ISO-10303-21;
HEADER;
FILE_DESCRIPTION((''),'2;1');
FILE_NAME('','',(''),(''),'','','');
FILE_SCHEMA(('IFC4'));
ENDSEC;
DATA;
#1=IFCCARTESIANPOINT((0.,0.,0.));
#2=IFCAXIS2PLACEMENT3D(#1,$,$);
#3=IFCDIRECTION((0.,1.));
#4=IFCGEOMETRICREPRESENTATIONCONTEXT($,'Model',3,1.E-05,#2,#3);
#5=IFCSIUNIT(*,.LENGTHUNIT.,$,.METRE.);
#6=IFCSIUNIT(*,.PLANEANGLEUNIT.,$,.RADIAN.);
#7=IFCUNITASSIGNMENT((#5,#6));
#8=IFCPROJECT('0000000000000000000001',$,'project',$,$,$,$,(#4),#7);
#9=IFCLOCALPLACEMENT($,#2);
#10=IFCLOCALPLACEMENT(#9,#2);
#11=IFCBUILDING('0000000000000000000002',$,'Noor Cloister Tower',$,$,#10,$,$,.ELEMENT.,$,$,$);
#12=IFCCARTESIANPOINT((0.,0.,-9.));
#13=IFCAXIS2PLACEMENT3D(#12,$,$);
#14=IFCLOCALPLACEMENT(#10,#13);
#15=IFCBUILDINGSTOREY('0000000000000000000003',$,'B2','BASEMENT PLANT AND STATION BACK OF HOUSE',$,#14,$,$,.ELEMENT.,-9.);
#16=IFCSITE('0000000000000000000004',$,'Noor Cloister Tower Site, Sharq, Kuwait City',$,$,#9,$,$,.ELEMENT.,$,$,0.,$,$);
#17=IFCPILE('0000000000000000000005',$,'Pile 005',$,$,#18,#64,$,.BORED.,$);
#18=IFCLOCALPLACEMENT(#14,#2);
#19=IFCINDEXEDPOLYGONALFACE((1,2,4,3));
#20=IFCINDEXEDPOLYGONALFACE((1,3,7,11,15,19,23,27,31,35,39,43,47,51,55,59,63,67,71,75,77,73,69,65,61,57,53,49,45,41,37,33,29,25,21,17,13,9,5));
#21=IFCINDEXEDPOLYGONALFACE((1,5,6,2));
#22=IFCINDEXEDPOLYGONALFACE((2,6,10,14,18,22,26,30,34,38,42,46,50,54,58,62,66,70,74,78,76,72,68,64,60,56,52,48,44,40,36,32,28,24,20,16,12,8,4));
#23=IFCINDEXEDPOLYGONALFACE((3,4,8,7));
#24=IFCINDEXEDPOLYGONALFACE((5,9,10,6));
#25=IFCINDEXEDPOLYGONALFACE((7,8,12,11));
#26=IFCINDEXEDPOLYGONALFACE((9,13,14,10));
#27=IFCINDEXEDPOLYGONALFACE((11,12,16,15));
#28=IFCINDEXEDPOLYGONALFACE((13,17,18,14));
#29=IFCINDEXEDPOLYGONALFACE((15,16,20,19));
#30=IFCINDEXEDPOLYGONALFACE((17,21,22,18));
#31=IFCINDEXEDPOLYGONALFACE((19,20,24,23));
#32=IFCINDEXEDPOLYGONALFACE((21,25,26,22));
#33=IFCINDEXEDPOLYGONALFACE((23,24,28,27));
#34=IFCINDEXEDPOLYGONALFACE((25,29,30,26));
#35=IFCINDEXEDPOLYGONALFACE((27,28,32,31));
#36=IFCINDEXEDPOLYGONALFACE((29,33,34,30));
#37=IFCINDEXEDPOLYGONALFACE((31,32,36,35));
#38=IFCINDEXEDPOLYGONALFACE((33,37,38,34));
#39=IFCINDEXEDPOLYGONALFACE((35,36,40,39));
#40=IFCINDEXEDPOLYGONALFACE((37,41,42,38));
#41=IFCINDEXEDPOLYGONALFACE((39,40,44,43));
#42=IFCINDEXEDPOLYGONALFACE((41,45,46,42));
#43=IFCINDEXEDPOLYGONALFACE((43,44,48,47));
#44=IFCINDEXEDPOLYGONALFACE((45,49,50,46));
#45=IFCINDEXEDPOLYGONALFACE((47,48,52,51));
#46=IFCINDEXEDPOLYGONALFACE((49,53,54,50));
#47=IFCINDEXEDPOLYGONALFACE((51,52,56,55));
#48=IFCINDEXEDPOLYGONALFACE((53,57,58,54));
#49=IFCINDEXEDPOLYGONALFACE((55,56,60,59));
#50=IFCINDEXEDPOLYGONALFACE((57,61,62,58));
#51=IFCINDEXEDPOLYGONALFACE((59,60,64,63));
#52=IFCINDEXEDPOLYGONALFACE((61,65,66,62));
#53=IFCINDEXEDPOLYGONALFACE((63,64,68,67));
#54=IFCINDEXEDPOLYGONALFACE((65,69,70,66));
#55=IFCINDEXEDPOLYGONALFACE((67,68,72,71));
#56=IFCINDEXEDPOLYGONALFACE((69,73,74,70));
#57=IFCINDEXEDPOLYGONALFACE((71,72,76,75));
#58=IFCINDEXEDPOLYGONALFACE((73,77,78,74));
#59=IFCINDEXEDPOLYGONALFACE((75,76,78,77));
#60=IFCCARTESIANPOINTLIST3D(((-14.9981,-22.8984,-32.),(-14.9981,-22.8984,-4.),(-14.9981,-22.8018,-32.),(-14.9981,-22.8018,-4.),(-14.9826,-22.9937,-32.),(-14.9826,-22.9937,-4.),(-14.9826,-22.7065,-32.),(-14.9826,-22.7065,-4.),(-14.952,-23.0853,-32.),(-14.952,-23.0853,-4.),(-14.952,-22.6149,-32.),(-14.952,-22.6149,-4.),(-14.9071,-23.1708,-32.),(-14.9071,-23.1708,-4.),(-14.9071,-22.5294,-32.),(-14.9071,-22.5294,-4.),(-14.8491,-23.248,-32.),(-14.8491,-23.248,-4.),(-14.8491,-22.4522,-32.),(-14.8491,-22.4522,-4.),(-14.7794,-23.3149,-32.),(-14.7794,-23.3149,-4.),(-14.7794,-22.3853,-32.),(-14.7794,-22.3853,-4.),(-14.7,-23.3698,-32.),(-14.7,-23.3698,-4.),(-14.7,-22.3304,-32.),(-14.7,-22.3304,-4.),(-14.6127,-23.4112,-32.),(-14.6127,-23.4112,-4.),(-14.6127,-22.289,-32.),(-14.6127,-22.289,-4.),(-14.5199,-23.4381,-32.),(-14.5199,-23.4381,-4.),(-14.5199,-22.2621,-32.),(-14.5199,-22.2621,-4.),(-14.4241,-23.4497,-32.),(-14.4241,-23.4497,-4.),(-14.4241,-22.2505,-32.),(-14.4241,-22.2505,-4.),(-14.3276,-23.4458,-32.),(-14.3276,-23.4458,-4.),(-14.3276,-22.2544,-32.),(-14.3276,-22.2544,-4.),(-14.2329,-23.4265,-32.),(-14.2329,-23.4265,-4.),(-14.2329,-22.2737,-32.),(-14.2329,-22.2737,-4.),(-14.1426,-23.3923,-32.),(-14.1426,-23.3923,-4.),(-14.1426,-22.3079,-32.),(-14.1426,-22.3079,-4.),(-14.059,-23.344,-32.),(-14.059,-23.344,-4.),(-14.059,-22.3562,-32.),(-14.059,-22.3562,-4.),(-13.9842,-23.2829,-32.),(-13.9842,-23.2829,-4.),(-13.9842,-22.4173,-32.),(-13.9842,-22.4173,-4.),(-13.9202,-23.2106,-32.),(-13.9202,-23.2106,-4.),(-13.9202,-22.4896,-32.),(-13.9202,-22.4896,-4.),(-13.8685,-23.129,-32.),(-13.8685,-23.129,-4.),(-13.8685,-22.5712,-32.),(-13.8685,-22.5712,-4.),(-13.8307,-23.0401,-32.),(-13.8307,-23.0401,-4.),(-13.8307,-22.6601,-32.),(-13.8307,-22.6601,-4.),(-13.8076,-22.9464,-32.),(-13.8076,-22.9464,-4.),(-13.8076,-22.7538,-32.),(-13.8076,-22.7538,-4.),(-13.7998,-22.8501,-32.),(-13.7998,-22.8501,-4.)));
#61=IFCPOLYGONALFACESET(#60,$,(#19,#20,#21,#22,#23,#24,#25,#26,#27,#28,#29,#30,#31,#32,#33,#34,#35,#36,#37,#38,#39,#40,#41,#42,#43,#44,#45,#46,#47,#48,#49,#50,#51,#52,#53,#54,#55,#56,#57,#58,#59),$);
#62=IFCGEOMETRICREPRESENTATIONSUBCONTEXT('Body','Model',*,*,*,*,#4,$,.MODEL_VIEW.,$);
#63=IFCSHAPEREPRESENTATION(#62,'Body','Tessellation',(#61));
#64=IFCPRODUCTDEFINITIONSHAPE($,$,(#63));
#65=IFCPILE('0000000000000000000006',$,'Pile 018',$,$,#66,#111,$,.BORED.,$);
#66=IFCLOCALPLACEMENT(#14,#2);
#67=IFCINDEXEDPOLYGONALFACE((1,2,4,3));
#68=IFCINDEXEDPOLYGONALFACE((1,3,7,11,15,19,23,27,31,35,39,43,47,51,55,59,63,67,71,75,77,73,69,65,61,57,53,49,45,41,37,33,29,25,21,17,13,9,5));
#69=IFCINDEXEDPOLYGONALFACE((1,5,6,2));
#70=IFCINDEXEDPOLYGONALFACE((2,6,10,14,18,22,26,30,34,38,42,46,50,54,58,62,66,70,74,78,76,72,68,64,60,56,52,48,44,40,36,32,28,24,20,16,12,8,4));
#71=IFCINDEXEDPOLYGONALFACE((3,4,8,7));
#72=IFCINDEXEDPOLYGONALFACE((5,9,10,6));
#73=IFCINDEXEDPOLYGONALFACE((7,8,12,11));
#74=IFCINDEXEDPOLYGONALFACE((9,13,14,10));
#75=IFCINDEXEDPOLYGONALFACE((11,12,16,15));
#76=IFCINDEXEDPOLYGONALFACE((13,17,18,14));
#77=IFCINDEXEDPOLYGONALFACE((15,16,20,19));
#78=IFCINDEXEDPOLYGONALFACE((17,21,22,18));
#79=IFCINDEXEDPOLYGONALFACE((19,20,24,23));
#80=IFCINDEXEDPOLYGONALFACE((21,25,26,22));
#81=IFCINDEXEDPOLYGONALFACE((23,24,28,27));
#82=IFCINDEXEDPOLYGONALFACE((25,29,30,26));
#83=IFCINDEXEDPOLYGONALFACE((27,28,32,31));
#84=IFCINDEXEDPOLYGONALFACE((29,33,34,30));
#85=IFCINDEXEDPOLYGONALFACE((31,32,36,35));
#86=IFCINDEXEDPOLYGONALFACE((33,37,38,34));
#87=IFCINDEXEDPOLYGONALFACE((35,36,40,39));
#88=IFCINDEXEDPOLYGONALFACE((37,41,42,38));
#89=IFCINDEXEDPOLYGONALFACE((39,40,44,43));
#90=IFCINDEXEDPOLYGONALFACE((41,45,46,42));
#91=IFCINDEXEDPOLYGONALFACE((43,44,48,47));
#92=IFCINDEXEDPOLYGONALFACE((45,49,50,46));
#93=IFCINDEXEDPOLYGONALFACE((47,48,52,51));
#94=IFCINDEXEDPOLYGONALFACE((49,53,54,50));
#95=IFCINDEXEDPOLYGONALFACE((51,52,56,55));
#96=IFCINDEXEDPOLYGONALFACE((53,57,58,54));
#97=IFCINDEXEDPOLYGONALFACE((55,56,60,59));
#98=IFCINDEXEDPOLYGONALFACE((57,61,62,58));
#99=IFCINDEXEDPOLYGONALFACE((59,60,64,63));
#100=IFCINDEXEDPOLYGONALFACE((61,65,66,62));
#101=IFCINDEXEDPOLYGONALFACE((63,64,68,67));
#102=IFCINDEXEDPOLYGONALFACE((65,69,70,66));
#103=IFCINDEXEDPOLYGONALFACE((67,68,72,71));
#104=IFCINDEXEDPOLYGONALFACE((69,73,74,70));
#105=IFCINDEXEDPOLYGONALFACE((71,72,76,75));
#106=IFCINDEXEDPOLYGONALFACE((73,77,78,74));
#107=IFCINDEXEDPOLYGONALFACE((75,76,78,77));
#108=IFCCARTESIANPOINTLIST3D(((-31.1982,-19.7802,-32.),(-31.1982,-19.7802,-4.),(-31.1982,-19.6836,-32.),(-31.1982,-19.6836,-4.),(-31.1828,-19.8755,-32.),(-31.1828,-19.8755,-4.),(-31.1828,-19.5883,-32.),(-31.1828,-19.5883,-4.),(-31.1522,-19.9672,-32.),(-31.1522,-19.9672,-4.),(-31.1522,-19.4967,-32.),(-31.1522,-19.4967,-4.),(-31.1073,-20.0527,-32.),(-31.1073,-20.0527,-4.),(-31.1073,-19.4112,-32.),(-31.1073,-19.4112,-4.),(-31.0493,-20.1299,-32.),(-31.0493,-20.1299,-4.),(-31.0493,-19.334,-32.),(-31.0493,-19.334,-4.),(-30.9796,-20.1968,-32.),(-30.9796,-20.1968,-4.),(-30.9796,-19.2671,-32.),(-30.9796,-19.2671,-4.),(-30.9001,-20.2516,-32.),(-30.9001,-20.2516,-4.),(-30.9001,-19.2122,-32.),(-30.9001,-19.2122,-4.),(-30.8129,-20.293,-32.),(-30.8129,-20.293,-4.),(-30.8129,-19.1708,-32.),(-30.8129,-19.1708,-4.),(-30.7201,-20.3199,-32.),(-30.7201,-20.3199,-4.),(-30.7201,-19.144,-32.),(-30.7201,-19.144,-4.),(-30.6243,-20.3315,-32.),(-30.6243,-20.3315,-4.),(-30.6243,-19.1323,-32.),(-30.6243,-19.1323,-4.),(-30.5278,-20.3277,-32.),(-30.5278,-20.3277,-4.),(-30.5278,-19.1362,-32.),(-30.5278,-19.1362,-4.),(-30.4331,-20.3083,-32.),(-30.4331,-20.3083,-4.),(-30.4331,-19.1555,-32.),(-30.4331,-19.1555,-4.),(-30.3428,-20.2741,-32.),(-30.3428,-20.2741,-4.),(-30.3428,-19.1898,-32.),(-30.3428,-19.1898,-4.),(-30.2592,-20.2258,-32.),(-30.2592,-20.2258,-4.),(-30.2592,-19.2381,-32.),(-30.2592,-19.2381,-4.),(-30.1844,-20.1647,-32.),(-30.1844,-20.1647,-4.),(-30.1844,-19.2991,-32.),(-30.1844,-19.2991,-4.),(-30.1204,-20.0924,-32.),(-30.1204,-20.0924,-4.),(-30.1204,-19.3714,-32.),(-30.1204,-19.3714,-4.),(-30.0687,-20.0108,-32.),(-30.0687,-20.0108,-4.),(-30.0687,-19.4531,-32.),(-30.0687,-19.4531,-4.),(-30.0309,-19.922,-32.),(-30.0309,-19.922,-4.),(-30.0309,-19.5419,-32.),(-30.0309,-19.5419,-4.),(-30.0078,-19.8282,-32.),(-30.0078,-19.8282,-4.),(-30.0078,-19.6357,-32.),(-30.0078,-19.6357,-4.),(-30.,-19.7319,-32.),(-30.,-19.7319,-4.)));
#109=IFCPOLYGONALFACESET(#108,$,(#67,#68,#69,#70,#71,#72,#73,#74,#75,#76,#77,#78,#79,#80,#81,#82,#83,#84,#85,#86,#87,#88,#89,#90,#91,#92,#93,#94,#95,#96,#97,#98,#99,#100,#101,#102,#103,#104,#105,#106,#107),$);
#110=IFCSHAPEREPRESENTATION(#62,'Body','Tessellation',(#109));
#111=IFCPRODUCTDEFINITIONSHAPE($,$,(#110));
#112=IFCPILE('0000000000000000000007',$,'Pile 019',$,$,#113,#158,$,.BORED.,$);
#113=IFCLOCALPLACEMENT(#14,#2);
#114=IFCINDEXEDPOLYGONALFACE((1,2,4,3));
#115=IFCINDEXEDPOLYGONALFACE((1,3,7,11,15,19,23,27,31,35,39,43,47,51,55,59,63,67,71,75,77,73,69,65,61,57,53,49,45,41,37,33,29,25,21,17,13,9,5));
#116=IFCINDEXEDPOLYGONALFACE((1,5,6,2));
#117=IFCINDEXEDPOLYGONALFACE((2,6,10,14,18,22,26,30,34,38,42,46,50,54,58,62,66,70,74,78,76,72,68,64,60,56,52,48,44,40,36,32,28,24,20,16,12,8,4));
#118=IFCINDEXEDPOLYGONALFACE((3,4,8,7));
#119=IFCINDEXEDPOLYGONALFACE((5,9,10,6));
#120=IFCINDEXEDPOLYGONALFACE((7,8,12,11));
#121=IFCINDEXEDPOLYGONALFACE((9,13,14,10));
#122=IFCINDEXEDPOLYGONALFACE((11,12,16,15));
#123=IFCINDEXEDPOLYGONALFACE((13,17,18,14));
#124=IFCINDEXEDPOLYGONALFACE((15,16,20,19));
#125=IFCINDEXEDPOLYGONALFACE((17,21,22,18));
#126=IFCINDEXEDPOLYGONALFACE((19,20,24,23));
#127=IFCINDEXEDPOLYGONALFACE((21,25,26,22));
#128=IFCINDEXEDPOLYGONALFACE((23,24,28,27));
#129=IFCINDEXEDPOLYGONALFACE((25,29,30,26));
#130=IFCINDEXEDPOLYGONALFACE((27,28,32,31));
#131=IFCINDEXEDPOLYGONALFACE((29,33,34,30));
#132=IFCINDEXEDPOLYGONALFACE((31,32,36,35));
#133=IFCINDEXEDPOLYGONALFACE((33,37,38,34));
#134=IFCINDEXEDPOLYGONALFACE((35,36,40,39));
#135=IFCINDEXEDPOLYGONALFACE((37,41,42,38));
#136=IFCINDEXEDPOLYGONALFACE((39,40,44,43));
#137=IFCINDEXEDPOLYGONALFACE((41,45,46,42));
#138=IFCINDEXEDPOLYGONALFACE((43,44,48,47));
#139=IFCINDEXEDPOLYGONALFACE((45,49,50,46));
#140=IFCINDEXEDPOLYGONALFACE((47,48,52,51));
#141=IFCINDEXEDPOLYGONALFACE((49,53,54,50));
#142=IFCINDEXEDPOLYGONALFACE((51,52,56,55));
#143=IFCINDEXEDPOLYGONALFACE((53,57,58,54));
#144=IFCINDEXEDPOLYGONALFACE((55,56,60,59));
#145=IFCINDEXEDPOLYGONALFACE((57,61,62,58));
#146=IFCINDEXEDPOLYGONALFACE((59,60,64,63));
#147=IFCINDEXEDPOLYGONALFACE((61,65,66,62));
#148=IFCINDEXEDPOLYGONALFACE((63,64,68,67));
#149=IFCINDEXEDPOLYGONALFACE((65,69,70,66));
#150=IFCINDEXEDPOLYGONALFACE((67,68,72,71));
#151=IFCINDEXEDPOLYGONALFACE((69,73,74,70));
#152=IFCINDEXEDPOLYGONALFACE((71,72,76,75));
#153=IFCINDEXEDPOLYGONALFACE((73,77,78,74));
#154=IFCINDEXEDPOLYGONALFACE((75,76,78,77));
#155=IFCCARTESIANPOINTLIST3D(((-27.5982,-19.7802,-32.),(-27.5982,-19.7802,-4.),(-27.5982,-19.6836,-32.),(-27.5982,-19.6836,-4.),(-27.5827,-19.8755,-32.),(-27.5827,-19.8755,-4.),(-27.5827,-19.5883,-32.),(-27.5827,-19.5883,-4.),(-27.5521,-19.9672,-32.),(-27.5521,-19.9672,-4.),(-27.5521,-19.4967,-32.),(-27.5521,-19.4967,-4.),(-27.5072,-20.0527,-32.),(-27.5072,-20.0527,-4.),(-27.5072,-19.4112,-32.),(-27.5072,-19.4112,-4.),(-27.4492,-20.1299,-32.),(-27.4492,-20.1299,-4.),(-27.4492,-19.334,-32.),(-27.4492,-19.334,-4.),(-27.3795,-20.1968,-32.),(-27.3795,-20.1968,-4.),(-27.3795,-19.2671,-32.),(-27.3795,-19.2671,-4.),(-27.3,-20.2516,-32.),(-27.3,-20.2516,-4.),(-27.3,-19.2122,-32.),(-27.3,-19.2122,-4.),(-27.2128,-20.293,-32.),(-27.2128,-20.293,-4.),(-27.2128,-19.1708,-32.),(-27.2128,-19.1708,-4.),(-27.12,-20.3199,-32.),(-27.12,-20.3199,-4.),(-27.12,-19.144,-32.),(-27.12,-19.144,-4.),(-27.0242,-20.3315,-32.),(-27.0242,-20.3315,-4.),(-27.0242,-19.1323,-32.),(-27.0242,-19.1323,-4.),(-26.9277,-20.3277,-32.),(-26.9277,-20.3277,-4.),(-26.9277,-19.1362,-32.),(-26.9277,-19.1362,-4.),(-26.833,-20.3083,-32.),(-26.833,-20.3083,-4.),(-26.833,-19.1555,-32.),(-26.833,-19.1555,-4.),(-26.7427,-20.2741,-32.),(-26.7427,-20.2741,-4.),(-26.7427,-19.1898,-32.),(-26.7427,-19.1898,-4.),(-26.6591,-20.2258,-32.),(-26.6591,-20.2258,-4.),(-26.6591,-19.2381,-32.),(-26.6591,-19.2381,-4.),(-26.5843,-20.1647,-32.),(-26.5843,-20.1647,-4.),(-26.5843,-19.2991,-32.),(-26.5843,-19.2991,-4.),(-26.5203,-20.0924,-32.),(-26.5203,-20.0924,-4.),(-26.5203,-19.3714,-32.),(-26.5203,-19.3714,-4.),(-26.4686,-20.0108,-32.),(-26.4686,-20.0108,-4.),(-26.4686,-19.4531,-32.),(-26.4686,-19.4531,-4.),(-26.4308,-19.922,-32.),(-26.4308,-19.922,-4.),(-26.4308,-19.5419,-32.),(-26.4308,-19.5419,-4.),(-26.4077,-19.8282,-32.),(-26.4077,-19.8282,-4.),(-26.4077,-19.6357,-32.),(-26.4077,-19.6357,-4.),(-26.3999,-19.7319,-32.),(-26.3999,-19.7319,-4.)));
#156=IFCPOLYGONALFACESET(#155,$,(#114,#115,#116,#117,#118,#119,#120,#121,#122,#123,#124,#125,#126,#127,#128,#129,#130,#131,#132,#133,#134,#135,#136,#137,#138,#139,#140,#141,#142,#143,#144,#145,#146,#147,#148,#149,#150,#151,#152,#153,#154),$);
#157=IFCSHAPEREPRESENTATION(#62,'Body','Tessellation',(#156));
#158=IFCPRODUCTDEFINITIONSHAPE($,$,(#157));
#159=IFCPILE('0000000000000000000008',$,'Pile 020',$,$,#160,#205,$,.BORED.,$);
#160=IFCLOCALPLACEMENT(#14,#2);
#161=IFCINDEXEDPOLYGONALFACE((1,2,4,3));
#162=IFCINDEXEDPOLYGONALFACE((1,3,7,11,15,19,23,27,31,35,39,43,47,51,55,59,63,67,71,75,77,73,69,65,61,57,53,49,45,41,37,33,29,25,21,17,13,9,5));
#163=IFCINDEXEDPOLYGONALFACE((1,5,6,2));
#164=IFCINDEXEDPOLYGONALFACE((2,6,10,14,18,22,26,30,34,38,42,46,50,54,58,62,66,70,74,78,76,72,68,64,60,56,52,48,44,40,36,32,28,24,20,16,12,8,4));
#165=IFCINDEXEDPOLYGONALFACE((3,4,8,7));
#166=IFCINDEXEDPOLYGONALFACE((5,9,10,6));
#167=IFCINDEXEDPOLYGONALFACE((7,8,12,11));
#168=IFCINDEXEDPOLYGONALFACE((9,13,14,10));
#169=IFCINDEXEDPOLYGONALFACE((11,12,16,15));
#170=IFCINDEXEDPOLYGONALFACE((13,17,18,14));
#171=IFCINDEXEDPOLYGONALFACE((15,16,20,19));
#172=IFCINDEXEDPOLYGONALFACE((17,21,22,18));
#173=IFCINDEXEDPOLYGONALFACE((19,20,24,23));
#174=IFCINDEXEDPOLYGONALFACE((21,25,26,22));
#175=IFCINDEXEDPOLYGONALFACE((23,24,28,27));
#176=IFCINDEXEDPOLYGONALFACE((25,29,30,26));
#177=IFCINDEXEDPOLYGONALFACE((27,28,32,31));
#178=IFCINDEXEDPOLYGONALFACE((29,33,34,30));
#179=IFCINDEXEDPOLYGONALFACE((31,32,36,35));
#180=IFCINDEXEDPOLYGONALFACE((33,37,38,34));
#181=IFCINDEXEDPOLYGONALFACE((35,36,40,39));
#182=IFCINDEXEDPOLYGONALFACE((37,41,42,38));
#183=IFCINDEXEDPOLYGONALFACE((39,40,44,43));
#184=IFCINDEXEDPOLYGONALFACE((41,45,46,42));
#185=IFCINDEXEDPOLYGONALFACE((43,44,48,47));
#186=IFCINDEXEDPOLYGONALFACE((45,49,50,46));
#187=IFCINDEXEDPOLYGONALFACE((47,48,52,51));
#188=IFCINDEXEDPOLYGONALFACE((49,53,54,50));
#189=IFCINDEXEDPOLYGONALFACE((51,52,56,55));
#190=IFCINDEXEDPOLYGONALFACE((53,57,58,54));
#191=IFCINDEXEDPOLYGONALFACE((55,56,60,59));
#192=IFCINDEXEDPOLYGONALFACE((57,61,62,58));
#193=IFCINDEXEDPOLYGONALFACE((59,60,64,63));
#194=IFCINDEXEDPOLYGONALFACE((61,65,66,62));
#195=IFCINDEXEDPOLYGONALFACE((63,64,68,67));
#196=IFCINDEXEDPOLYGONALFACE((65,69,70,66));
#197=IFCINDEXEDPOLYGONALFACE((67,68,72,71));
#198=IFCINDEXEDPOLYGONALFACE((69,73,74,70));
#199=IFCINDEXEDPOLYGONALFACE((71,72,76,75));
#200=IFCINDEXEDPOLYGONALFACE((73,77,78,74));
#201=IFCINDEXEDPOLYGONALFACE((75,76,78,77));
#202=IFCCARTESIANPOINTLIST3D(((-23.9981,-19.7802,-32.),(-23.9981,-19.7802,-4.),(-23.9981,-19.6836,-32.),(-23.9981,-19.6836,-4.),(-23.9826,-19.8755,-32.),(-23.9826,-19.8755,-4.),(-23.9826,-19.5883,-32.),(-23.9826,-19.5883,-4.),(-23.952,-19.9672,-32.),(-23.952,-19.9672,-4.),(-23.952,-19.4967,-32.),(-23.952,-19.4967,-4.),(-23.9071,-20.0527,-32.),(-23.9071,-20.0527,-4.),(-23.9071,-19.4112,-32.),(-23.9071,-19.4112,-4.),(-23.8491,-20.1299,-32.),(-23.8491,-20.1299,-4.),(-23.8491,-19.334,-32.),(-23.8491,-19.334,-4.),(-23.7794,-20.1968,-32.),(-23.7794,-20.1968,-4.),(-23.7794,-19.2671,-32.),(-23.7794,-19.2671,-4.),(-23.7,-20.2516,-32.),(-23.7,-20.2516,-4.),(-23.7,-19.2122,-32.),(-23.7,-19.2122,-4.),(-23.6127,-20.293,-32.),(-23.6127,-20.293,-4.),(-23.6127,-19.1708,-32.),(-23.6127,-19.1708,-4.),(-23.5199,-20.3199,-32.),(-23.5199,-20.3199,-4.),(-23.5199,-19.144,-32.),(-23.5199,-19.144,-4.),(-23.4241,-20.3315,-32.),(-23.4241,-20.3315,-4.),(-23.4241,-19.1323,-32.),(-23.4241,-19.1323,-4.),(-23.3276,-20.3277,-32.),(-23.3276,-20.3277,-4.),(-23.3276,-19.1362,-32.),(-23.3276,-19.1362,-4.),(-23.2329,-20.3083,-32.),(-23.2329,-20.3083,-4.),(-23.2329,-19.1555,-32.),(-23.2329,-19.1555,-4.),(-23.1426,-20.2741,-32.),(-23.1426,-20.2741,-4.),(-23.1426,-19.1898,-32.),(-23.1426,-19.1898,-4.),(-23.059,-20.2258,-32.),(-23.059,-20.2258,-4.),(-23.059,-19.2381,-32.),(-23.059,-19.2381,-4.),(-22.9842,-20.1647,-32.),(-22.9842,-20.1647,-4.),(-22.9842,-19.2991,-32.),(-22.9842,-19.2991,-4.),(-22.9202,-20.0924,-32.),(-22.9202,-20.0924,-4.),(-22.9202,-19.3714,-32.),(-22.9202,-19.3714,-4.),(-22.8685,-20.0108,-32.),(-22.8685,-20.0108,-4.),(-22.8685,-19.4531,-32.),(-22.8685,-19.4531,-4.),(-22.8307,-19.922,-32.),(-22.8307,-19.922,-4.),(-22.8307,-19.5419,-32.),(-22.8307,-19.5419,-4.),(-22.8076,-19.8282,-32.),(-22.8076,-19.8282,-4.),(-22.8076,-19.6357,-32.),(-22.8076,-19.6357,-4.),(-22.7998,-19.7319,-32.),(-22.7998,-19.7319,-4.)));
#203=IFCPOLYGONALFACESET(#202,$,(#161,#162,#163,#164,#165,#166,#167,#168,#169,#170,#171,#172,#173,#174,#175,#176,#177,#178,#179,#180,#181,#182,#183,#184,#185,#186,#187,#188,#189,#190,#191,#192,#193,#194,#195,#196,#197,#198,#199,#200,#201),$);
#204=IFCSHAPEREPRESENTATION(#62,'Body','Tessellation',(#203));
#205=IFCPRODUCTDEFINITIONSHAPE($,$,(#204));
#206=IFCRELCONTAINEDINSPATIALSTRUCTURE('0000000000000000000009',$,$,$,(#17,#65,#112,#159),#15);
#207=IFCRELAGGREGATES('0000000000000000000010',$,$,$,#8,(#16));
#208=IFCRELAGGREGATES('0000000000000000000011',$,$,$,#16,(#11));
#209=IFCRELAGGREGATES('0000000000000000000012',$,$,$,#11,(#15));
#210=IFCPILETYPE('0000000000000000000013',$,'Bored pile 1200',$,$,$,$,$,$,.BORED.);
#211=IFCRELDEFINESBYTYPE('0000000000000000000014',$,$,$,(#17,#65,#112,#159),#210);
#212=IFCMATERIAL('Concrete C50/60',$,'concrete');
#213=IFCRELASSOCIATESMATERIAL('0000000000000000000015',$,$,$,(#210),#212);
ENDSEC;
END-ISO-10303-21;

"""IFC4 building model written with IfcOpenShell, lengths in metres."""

from ifc_helpers import new_model, si_unit, direction, frame, origin, origin_2d, place, context, subcontext, project, spatial, circle, extrude, material, material_profile, profile_set, type_object, element, save


model = new_model("IFC4")

# Units and contexts
model_context = context("Model", 3, precision=1e-05, world=origin(), true_north=direction((0.0, 1.0)))
body_context = subcontext(model_context, "Body", "Model", "MODEL_VIEW")
ifc_project = project(units=[si_unit("LENGTHUNIT", "METRE"), si_unit("PLANEANGLEUNIT", "RADIAN")], contexts=[model_context])

# Site, building, storey
site_placement = place(None, origin())
site = spatial("IfcSite", under=ifc_project, at=site_placement, Name="Noor Cloister Tower Site, Sharq, Kuwait City", CompositionType="ELEMENT", RefElevation=0.0)
building_placement = place(site_placement, origin())
building = spatial("IfcBuilding", under=site, at=building_placement, Name="Noor Cloister Tower", CompositionType="ELEMENT")
storey_placement = place(building_placement, frame((0.0, 0.0, -9.0)))
storey = spatial("IfcBuildingStorey", under=building, at=storey_placement, Name="B2", Description="BASEMENT PLANT AND STATION BACK OF HOUSE", CompositionType="ELEMENT", Elevation=-9.0)

# Piles
ifc_material_1 = material(Name="Concrete C50/60", Category="concrete")
ifc_material_profile_1 = material_profile(ifc_material_1, circle(Radius=0.6001, at=origin_2d()), Name="Bored pile 1200")
ifc_profile_set_1 = profile_set([ifc_material_profile_1], Name="Concrete C50/60")
pile_type = type_object("IfcPileType", Name="Bored pile 1200", PredefinedType="BORED", material=ifc_profile_set_1)
for number, where, z_axis, x_axis, name in (
    (1, (-14.3999, -22.8501, -4.0), (0.0, 0.0, -1.0), (1.0, 0.0, 0.0), "Pile 005"),
    (2, (-30.6001, -19.7319, -4.0), (0.0, 0.0, -1.0), (1.0, 0.0, 0.0), "Pile 018"),
    (3, (-27.0, -19.7319, -4.0), (0.0, 0.0, -1.0), (1.0, 0.0, 0.0), "Pile 019"),
    (4, (-23.3999, -19.7319, -4.0), (0.0, 0.0, -1.0), (1.0, 0.0, 0.0), "Pile 020"),
):
    element("IfcPile", number, at=place(storey_placement, frame(where, z_axis=z_axis, x_axis=x_axis)), inside=storey, type_object=pile_type, Name=name, PredefinedType="BORED", context=body_context, shape_type="SweptSolid", body=[
        extrude(circle(Radius=0.6001, at=origin_2d()), origin(), (0.0, 0.0, 1.0), 28.0),
    ])

save(model, "model.ifc")
